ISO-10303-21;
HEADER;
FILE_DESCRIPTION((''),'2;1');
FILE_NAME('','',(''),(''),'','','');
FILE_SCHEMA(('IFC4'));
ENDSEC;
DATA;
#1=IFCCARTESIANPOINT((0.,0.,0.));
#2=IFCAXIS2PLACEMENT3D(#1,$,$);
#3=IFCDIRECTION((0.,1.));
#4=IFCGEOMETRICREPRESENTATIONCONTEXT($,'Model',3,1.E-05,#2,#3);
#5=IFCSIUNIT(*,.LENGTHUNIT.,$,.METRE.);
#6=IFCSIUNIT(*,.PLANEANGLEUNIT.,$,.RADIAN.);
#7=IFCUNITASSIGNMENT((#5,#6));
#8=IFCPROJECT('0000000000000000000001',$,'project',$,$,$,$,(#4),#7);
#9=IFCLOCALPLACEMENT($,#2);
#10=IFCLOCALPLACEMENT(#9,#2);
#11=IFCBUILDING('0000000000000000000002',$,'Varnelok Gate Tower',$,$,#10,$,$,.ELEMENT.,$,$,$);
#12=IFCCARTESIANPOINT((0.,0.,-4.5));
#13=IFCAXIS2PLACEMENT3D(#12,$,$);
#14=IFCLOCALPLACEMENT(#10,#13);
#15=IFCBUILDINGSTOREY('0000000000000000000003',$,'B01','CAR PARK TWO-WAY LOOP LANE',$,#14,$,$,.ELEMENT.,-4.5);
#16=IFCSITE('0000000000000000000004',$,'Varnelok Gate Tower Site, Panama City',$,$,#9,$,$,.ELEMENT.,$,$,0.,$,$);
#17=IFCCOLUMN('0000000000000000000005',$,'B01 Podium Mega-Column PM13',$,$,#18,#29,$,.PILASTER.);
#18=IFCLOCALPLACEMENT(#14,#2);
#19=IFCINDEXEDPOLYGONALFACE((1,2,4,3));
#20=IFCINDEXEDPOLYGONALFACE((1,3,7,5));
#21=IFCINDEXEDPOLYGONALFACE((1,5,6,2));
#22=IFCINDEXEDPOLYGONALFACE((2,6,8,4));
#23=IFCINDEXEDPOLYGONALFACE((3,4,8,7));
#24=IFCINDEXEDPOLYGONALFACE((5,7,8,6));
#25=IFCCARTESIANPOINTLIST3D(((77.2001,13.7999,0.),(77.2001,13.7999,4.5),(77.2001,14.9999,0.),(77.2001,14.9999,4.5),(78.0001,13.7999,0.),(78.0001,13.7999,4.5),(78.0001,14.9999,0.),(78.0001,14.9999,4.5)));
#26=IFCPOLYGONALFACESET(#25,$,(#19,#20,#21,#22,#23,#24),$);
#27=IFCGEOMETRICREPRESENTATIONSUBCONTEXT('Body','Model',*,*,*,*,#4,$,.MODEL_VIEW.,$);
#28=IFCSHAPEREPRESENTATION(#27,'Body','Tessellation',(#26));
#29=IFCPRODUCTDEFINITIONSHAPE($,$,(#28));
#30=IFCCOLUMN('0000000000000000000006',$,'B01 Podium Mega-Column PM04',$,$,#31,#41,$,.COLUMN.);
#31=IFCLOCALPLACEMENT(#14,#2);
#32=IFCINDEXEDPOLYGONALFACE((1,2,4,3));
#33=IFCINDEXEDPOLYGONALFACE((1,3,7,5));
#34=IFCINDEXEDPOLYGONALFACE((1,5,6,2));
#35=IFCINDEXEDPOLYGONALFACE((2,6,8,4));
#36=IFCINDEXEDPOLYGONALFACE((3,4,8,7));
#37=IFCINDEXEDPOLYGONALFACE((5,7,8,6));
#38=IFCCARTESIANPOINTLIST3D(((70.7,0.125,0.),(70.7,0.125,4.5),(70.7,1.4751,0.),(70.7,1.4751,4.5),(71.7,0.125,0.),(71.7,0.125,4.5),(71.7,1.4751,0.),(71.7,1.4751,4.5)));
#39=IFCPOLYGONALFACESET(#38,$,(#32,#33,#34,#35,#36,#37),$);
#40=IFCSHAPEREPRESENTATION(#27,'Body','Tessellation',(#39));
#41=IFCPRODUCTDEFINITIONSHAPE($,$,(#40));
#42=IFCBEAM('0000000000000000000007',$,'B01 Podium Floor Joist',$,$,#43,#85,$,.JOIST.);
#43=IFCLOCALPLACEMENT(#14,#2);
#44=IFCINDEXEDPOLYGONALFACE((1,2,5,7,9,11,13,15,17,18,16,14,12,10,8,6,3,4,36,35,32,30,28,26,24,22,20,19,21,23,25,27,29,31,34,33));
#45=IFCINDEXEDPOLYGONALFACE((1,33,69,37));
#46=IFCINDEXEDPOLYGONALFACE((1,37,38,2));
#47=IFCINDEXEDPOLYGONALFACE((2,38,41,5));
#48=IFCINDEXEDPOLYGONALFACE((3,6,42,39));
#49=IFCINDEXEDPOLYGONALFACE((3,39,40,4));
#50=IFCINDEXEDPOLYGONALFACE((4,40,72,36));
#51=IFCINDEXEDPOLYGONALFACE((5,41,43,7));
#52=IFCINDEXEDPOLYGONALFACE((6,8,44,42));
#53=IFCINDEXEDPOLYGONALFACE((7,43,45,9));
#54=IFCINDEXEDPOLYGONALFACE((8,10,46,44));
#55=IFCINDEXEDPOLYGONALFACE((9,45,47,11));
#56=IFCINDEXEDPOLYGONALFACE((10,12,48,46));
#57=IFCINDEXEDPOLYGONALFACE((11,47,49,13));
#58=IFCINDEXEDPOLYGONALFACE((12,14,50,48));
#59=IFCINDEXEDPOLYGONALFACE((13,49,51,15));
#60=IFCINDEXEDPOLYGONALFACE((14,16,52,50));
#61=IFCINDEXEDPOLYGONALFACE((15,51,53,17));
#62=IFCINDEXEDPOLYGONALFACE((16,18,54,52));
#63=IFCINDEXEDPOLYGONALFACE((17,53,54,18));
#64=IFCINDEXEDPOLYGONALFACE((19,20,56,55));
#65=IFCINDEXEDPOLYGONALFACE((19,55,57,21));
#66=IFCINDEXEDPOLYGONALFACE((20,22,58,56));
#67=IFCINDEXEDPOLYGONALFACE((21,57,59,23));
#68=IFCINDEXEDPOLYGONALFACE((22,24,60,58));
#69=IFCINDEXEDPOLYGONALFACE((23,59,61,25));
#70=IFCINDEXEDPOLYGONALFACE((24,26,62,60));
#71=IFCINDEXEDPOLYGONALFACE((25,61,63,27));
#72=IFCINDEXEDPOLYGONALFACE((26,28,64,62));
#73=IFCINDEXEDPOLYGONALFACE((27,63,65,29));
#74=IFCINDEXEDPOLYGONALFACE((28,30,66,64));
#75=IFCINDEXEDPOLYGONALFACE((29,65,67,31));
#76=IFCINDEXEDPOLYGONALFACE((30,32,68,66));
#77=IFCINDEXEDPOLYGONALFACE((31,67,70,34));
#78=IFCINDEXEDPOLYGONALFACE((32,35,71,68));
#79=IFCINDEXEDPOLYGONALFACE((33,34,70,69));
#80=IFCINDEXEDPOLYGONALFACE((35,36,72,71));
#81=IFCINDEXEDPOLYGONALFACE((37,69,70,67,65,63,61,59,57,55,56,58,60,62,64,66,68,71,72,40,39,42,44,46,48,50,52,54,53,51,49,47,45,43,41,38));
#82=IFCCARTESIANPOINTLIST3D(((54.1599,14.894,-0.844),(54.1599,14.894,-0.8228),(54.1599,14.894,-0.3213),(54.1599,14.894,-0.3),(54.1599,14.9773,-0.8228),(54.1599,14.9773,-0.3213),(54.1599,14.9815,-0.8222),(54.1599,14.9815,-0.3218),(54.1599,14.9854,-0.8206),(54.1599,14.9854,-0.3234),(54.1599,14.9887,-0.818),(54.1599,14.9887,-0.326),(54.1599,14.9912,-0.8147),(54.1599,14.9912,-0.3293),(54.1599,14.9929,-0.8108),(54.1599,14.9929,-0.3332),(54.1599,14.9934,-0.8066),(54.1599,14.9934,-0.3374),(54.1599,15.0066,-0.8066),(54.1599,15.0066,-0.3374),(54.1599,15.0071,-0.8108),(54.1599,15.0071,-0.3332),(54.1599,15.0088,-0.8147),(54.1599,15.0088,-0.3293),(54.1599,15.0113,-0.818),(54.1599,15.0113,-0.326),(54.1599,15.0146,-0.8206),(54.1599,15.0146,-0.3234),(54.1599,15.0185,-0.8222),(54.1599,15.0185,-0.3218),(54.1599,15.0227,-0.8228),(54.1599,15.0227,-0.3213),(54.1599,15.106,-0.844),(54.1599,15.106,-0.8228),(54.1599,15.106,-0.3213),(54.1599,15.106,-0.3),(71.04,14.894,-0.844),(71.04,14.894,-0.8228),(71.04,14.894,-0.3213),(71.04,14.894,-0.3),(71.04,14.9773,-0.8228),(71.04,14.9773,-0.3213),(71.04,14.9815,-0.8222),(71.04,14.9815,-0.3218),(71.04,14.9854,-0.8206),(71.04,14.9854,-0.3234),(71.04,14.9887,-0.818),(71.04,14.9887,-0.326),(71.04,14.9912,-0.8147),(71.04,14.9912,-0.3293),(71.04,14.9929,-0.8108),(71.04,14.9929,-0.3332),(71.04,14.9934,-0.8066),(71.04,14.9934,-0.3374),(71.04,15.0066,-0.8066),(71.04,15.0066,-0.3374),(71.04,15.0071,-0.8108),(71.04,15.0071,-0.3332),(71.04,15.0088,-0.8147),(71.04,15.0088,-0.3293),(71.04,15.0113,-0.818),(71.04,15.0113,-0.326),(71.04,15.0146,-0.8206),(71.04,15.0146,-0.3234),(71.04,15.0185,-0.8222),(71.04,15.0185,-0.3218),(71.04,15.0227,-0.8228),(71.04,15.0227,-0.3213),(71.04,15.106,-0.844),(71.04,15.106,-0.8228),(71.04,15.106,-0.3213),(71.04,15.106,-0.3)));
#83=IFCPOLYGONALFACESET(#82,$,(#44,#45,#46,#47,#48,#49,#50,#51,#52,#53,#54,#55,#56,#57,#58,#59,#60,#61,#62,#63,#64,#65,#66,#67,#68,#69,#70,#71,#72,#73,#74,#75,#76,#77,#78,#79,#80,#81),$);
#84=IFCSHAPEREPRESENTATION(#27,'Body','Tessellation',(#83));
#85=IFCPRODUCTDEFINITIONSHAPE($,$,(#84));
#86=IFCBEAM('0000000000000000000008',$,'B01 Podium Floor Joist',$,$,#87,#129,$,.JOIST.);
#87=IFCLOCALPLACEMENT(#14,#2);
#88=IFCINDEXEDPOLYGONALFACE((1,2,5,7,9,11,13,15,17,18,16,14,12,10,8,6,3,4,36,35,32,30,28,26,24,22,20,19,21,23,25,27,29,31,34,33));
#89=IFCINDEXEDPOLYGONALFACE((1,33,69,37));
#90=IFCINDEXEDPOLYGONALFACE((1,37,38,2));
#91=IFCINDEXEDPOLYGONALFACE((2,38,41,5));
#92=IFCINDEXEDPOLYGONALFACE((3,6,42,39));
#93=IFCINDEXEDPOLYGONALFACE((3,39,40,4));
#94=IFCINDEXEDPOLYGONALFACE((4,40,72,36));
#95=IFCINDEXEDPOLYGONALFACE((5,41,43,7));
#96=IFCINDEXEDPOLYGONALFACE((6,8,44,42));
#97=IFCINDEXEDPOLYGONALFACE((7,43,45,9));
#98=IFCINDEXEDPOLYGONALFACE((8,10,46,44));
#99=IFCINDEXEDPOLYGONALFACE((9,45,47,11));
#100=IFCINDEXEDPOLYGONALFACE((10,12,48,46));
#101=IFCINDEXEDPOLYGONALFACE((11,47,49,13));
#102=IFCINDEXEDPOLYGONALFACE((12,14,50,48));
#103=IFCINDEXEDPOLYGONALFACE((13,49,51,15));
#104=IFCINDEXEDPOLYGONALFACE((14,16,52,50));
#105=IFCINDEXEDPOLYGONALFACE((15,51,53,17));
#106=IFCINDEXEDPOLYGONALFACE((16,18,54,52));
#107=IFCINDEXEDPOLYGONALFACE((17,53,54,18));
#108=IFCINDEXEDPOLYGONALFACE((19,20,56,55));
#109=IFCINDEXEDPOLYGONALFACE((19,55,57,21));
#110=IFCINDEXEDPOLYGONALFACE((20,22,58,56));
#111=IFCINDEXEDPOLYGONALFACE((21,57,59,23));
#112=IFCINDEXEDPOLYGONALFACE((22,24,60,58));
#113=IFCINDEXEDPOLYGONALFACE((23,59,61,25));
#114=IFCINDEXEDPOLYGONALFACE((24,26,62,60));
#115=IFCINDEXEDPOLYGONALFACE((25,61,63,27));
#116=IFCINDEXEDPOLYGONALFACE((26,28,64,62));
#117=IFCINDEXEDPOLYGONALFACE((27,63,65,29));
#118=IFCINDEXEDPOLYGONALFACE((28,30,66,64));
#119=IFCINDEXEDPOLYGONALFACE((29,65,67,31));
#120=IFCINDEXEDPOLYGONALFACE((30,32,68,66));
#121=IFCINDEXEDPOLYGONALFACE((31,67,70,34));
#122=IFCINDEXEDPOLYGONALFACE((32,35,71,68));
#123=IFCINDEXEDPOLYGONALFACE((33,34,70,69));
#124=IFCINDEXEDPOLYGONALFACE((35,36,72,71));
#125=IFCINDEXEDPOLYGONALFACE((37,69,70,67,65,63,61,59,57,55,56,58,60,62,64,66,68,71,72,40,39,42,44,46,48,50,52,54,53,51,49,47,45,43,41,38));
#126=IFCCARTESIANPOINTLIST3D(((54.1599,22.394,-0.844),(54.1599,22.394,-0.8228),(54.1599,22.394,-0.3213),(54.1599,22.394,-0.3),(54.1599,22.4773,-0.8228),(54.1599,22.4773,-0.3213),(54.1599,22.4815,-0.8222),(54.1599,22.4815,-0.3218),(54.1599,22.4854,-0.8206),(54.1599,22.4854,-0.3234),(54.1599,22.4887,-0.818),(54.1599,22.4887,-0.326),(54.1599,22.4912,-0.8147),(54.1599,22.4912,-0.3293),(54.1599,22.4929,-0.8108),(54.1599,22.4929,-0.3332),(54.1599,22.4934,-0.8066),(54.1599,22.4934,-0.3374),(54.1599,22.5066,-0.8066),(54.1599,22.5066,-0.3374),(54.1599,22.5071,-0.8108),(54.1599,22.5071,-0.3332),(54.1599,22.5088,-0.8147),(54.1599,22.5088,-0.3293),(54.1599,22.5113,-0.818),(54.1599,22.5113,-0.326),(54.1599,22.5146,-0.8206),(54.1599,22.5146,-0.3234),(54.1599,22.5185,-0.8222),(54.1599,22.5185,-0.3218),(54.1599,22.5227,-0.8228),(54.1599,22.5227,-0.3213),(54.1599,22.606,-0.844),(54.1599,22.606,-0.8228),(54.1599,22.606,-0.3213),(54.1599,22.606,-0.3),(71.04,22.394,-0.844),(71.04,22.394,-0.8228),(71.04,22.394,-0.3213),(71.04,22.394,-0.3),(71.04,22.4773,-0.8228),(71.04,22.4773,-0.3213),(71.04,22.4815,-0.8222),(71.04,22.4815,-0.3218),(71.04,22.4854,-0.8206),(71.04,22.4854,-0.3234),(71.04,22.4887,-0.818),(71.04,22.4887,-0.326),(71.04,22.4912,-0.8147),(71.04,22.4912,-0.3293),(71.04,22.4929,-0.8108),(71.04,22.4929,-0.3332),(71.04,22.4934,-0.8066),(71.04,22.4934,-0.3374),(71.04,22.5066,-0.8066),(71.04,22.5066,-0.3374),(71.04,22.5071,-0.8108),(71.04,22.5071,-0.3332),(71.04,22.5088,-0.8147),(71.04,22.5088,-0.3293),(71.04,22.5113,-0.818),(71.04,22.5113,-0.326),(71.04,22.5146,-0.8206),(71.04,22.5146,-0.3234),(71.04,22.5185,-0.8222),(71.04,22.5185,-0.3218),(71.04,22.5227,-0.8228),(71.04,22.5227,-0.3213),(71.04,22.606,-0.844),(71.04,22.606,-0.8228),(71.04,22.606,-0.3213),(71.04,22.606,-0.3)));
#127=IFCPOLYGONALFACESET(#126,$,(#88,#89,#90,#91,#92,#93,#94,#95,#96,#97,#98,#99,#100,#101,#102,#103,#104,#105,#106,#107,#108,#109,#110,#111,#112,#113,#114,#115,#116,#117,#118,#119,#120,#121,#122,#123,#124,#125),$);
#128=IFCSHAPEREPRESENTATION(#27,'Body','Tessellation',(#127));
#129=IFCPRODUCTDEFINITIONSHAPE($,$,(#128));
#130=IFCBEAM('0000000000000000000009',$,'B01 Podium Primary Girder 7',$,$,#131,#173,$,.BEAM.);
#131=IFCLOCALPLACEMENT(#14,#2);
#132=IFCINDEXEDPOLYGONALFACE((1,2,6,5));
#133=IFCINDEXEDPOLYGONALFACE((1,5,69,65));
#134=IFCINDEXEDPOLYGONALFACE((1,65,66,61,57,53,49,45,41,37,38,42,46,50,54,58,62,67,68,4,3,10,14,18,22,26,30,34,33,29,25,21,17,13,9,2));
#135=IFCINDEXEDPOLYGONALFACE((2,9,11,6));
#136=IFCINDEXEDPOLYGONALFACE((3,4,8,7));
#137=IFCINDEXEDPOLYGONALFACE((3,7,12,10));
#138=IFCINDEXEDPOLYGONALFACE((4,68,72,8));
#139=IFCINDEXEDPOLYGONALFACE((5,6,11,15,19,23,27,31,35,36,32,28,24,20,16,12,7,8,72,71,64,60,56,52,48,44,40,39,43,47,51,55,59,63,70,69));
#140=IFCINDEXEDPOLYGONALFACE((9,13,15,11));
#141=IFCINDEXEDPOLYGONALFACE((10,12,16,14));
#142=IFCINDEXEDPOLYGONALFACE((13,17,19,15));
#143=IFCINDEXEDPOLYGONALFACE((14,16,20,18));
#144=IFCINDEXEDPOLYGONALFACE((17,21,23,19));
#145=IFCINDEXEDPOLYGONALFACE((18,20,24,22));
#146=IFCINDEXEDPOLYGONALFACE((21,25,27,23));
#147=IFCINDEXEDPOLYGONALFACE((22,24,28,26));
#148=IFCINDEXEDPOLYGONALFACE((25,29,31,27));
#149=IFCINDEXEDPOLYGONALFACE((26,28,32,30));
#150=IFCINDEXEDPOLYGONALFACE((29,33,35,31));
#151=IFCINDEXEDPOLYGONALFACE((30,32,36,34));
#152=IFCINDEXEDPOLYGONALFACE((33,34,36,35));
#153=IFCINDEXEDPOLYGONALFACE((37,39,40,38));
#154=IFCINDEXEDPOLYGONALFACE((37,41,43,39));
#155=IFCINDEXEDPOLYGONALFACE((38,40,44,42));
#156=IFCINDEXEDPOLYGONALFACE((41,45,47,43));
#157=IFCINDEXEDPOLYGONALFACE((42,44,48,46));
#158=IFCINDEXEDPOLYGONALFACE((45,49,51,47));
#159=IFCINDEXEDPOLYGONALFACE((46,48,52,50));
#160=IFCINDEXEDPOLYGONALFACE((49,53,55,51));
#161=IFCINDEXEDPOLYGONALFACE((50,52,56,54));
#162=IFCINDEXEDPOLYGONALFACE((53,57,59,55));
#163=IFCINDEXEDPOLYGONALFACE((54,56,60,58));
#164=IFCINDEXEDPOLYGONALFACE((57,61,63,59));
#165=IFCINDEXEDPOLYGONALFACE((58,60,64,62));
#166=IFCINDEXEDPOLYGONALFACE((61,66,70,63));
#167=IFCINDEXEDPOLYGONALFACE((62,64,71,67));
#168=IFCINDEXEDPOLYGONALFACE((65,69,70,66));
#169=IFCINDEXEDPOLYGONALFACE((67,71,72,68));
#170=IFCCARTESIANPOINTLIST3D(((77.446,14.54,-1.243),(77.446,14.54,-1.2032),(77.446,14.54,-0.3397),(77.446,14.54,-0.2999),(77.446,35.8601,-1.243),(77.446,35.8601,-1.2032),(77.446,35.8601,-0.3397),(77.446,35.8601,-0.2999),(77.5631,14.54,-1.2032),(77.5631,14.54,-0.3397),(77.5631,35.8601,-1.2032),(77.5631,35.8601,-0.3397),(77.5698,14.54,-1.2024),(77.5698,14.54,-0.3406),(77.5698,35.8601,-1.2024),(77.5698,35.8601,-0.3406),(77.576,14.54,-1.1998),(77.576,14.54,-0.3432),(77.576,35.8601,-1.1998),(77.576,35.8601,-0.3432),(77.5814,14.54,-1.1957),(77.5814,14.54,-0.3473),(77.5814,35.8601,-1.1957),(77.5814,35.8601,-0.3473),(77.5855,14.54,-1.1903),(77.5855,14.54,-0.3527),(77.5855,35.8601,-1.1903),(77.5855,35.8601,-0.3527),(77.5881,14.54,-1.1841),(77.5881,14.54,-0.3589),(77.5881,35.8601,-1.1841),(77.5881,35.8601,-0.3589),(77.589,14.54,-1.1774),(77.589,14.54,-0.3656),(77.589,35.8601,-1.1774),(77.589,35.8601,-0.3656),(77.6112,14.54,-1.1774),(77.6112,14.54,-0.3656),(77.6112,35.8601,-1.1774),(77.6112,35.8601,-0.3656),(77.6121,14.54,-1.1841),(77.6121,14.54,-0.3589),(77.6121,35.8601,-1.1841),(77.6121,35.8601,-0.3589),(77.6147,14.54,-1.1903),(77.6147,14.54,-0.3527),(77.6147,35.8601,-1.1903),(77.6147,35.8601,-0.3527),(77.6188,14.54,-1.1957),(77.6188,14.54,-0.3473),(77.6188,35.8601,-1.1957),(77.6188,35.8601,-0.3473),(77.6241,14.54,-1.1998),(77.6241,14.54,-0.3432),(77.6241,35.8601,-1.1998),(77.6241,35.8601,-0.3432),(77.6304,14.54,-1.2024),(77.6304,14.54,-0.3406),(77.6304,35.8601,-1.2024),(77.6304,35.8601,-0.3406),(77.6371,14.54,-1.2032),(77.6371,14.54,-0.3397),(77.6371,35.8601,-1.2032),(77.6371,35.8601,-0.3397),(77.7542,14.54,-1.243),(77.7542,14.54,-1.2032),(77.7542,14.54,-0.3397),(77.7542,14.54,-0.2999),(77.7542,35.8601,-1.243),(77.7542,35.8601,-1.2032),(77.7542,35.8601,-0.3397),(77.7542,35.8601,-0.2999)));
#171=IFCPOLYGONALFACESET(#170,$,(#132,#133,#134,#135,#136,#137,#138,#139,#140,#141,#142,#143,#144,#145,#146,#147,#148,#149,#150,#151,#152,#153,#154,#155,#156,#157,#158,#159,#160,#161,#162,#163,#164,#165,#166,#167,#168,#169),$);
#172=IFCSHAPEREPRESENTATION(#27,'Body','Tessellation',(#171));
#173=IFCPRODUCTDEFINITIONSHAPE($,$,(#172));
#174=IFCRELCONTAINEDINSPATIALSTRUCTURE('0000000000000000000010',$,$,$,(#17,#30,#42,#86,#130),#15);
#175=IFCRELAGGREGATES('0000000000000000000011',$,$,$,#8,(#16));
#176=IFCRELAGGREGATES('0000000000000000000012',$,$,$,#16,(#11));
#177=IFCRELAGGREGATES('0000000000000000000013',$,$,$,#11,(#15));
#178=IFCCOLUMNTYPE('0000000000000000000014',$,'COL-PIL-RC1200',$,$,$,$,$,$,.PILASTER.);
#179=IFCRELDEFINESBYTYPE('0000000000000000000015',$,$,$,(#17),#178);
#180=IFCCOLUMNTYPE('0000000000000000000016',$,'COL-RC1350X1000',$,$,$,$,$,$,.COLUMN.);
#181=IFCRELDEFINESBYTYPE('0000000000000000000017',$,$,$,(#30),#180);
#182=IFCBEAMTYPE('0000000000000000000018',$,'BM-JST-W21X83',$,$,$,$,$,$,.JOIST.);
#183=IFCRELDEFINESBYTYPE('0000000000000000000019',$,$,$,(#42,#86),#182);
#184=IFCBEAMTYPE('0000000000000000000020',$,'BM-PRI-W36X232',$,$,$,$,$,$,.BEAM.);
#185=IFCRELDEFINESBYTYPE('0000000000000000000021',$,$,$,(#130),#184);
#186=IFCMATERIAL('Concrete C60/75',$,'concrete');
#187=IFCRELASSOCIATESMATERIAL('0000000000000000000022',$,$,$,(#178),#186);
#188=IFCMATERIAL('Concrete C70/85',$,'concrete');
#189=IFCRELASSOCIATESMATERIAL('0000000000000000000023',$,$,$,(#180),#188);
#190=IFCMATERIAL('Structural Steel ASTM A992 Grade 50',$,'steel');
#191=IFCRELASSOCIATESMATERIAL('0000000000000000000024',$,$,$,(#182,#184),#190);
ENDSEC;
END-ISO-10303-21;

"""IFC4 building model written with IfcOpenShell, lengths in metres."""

from ifc_helpers import new_model, si_unit, direction, frame, origin, origin_2d, place, context, subcontext, project, spatial, rectangle, i_section, extrude, material, material_profile, profile_set, type_object, element, save


model = new_model("IFC4")

# Units and contexts
model_context = context("Model", 3, precision=1e-05, world=origin(), true_north=direction((0.0, 1.0)))
body_context = subcontext(model_context, "Body", "Model", "MODEL_VIEW")
ifc_project = project(units=[si_unit("LENGTHUNIT", "METRE"), si_unit("PLANEANGLEUNIT", "RADIAN")], contexts=[model_context])

# Site, building, storey
site_placement = place(None, origin())
site = spatial("IfcSite", under=ifc_project, at=site_placement, Name="Varnelok Gate Tower Site, Panama City", CompositionType="ELEMENT", RefElevation=0.0)
building_placement = place(site_placement, origin())
building = spatial("IfcBuilding", under=site, at=building_placement, Name="Varnelok Gate Tower", CompositionType="ELEMENT")
storey_placement = place(building_placement, frame((0.0, 0.0, -4.5)))
storey = spatial("IfcBuildingStorey", under=building, at=storey_placement, Name="B01", Description="CAR PARK TWO-WAY LOOP LANE", CompositionType="ELEMENT", Elevation=-4.5)

# Columns
ifc_material_1 = material(Name="Concrete C60/75", Category="concrete")
ifc_material_profile_1 = material_profile(ifc_material_1, rectangle(XDim=0.8, YDim=1.2, at=origin_2d()), Name="RC1200X800")
ifc_profile_set_1 = profile_set([ifc_material_profile_1], Name="Concrete C60/75")
column_type_1 = type_object("IfcColumnType", Name="COL-PIL-RC1200", PredefinedType="PILASTER", material=ifc_profile_set_1)
column_1_placement = place(storey_placement, frame((77.6001, 14.3999, 0.0), z_axis=(0.0, 0.0, 1.0), x_axis=(1.0, 0.0, 0.0)))
element("IfcColumn", 1, at=column_1_placement, inside=storey, type_object=column_type_1, Name="B01 Podium Mega-Column PM13", PredefinedType="PILASTER", context=body_context, shape_type="SweptSolid", body=[
    extrude(rectangle(XDim=0.8, YDim=1.2, at=origin_2d()), origin(), (0.0, 0.0, 1.0), 4.5),
])
ifc_material_2 = material(Name="Concrete C70/85", Category="concrete")
ifc_material_profile_2 = material_profile(ifc_material_2, rectangle(XDim=1.0, YDim=1.3501, at=origin_2d()), Name="RC1350X1000")
ifc_profile_set_2 = profile_set([ifc_material_profile_2], Name="Concrete C70/85")
column_type_2 = type_object("IfcColumnType", Name="COL-RC1350X1000", PredefinedType="COLUMN", material=ifc_profile_set_2)
column_2_placement = place(storey_placement, frame((71.2, 0.8, 0.0), z_axis=(0.0, 0.0, 1.0), x_axis=(1.0, 0.0, 0.0)))
element("IfcColumn", 2, at=column_2_placement, inside=storey, type_object=column_type_2, Name="B01 Podium Mega-Column PM04", PredefinedType="COLUMN", context=body_context, shape_type="SweptSolid", body=[
    extrude(rectangle(XDim=1.0, YDim=1.3501, at=origin_2d()), origin(), (0.0, 0.0, 1.0), 4.5),
])

# Beams
ifc_material_3 = material(Name="Structural Steel ASTM A992 Grade 50", Category="steel")
ifc_material_profile_3 = material_profile(ifc_material_3, i_section(OverallWidth=0.2119, OverallDepth=0.5439, WebThickness=0.0132, FlangeThickness=0.0212, FilletRadius=0.0161, at=origin_2d()), Name="W21X83")
ifc_profile_set_3 = profile_set([ifc_material_profile_3], Name="Structural Steel ASTM A992 Grade 50")
beam_type_1 = type_object("IfcBeamType", Name="BM-JST-W21X83", PredefinedType="JOIST", material=ifc_profile_set_3)
for number, where, z_axis, x_axis, name in (
    (3, (54.1599, 15.0, -0.572), (1.0, 0.0, 0.0), (0.0, 1.0, 0.0), "B01 Podium Floor Joist"),
    (4, (54.1599, 22.5, -0.572), (1.0, 0.0, 0.0), (0.0, 1.0, 0.0), "B01 Podium Floor Joist"),
):
    element("IfcBeam", number, at=place(storey_placement, frame(where, z_axis=z_axis, x_axis=x_axis)), inside=storey, type_object=beam_type_1, Name=name, PredefinedType="JOIST", context=body_context, shape_type="SweptSolid", body=[
        extrude(i_section(OverallWidth=0.2119, OverallDepth=0.5439, WebThickness=0.0132, FlangeThickness=0.0212, FilletRadius=0.0161, at=origin_2d()), origin(), (0.0, 0.0, 1.0), 16.8801),
    ])
ifc_material_profile_4 = material_profile(ifc_material_3, i_section(OverallWidth=0.3081, OverallDepth=0.9431, WebThickness=0.0222, FlangeThickness=0.0398, FilletRadius=0.0259, at=origin_2d()), Name="W36X232")
ifc_profile_set_4 = profile_set([ifc_material_profile_4], Name="Structural Steel ASTM A992 Grade 50")
beam_type_2 = type_object("IfcBeamType", Name="BM-PRI-W36X232", PredefinedType="BEAM", material=ifc_profile_set_4)
beam_1_placement = place(storey_placement, frame((77.6001, 14.54, -0.7715), z_axis=(0.0, 1.0, 0.0), x_axis=(-1.0, 0.0, 0.0)))
element("IfcBeam", 5, at=beam_1_placement, inside=storey, type_object=beam_type_2, Name="B01 Podium Primary Girder 7", PredefinedType="BEAM", context=body_context, shape_type="SweptSolid", body=[
    extrude(i_section(OverallWidth=0.3081, OverallDepth=0.9431, WebThickness=0.0222, FlangeThickness=0.0398, FilletRadius=0.0259, at=origin_2d()), origin(), (0.0, 0.0, 1.0), 21.3201),
])

save(model, "model.ifc")
